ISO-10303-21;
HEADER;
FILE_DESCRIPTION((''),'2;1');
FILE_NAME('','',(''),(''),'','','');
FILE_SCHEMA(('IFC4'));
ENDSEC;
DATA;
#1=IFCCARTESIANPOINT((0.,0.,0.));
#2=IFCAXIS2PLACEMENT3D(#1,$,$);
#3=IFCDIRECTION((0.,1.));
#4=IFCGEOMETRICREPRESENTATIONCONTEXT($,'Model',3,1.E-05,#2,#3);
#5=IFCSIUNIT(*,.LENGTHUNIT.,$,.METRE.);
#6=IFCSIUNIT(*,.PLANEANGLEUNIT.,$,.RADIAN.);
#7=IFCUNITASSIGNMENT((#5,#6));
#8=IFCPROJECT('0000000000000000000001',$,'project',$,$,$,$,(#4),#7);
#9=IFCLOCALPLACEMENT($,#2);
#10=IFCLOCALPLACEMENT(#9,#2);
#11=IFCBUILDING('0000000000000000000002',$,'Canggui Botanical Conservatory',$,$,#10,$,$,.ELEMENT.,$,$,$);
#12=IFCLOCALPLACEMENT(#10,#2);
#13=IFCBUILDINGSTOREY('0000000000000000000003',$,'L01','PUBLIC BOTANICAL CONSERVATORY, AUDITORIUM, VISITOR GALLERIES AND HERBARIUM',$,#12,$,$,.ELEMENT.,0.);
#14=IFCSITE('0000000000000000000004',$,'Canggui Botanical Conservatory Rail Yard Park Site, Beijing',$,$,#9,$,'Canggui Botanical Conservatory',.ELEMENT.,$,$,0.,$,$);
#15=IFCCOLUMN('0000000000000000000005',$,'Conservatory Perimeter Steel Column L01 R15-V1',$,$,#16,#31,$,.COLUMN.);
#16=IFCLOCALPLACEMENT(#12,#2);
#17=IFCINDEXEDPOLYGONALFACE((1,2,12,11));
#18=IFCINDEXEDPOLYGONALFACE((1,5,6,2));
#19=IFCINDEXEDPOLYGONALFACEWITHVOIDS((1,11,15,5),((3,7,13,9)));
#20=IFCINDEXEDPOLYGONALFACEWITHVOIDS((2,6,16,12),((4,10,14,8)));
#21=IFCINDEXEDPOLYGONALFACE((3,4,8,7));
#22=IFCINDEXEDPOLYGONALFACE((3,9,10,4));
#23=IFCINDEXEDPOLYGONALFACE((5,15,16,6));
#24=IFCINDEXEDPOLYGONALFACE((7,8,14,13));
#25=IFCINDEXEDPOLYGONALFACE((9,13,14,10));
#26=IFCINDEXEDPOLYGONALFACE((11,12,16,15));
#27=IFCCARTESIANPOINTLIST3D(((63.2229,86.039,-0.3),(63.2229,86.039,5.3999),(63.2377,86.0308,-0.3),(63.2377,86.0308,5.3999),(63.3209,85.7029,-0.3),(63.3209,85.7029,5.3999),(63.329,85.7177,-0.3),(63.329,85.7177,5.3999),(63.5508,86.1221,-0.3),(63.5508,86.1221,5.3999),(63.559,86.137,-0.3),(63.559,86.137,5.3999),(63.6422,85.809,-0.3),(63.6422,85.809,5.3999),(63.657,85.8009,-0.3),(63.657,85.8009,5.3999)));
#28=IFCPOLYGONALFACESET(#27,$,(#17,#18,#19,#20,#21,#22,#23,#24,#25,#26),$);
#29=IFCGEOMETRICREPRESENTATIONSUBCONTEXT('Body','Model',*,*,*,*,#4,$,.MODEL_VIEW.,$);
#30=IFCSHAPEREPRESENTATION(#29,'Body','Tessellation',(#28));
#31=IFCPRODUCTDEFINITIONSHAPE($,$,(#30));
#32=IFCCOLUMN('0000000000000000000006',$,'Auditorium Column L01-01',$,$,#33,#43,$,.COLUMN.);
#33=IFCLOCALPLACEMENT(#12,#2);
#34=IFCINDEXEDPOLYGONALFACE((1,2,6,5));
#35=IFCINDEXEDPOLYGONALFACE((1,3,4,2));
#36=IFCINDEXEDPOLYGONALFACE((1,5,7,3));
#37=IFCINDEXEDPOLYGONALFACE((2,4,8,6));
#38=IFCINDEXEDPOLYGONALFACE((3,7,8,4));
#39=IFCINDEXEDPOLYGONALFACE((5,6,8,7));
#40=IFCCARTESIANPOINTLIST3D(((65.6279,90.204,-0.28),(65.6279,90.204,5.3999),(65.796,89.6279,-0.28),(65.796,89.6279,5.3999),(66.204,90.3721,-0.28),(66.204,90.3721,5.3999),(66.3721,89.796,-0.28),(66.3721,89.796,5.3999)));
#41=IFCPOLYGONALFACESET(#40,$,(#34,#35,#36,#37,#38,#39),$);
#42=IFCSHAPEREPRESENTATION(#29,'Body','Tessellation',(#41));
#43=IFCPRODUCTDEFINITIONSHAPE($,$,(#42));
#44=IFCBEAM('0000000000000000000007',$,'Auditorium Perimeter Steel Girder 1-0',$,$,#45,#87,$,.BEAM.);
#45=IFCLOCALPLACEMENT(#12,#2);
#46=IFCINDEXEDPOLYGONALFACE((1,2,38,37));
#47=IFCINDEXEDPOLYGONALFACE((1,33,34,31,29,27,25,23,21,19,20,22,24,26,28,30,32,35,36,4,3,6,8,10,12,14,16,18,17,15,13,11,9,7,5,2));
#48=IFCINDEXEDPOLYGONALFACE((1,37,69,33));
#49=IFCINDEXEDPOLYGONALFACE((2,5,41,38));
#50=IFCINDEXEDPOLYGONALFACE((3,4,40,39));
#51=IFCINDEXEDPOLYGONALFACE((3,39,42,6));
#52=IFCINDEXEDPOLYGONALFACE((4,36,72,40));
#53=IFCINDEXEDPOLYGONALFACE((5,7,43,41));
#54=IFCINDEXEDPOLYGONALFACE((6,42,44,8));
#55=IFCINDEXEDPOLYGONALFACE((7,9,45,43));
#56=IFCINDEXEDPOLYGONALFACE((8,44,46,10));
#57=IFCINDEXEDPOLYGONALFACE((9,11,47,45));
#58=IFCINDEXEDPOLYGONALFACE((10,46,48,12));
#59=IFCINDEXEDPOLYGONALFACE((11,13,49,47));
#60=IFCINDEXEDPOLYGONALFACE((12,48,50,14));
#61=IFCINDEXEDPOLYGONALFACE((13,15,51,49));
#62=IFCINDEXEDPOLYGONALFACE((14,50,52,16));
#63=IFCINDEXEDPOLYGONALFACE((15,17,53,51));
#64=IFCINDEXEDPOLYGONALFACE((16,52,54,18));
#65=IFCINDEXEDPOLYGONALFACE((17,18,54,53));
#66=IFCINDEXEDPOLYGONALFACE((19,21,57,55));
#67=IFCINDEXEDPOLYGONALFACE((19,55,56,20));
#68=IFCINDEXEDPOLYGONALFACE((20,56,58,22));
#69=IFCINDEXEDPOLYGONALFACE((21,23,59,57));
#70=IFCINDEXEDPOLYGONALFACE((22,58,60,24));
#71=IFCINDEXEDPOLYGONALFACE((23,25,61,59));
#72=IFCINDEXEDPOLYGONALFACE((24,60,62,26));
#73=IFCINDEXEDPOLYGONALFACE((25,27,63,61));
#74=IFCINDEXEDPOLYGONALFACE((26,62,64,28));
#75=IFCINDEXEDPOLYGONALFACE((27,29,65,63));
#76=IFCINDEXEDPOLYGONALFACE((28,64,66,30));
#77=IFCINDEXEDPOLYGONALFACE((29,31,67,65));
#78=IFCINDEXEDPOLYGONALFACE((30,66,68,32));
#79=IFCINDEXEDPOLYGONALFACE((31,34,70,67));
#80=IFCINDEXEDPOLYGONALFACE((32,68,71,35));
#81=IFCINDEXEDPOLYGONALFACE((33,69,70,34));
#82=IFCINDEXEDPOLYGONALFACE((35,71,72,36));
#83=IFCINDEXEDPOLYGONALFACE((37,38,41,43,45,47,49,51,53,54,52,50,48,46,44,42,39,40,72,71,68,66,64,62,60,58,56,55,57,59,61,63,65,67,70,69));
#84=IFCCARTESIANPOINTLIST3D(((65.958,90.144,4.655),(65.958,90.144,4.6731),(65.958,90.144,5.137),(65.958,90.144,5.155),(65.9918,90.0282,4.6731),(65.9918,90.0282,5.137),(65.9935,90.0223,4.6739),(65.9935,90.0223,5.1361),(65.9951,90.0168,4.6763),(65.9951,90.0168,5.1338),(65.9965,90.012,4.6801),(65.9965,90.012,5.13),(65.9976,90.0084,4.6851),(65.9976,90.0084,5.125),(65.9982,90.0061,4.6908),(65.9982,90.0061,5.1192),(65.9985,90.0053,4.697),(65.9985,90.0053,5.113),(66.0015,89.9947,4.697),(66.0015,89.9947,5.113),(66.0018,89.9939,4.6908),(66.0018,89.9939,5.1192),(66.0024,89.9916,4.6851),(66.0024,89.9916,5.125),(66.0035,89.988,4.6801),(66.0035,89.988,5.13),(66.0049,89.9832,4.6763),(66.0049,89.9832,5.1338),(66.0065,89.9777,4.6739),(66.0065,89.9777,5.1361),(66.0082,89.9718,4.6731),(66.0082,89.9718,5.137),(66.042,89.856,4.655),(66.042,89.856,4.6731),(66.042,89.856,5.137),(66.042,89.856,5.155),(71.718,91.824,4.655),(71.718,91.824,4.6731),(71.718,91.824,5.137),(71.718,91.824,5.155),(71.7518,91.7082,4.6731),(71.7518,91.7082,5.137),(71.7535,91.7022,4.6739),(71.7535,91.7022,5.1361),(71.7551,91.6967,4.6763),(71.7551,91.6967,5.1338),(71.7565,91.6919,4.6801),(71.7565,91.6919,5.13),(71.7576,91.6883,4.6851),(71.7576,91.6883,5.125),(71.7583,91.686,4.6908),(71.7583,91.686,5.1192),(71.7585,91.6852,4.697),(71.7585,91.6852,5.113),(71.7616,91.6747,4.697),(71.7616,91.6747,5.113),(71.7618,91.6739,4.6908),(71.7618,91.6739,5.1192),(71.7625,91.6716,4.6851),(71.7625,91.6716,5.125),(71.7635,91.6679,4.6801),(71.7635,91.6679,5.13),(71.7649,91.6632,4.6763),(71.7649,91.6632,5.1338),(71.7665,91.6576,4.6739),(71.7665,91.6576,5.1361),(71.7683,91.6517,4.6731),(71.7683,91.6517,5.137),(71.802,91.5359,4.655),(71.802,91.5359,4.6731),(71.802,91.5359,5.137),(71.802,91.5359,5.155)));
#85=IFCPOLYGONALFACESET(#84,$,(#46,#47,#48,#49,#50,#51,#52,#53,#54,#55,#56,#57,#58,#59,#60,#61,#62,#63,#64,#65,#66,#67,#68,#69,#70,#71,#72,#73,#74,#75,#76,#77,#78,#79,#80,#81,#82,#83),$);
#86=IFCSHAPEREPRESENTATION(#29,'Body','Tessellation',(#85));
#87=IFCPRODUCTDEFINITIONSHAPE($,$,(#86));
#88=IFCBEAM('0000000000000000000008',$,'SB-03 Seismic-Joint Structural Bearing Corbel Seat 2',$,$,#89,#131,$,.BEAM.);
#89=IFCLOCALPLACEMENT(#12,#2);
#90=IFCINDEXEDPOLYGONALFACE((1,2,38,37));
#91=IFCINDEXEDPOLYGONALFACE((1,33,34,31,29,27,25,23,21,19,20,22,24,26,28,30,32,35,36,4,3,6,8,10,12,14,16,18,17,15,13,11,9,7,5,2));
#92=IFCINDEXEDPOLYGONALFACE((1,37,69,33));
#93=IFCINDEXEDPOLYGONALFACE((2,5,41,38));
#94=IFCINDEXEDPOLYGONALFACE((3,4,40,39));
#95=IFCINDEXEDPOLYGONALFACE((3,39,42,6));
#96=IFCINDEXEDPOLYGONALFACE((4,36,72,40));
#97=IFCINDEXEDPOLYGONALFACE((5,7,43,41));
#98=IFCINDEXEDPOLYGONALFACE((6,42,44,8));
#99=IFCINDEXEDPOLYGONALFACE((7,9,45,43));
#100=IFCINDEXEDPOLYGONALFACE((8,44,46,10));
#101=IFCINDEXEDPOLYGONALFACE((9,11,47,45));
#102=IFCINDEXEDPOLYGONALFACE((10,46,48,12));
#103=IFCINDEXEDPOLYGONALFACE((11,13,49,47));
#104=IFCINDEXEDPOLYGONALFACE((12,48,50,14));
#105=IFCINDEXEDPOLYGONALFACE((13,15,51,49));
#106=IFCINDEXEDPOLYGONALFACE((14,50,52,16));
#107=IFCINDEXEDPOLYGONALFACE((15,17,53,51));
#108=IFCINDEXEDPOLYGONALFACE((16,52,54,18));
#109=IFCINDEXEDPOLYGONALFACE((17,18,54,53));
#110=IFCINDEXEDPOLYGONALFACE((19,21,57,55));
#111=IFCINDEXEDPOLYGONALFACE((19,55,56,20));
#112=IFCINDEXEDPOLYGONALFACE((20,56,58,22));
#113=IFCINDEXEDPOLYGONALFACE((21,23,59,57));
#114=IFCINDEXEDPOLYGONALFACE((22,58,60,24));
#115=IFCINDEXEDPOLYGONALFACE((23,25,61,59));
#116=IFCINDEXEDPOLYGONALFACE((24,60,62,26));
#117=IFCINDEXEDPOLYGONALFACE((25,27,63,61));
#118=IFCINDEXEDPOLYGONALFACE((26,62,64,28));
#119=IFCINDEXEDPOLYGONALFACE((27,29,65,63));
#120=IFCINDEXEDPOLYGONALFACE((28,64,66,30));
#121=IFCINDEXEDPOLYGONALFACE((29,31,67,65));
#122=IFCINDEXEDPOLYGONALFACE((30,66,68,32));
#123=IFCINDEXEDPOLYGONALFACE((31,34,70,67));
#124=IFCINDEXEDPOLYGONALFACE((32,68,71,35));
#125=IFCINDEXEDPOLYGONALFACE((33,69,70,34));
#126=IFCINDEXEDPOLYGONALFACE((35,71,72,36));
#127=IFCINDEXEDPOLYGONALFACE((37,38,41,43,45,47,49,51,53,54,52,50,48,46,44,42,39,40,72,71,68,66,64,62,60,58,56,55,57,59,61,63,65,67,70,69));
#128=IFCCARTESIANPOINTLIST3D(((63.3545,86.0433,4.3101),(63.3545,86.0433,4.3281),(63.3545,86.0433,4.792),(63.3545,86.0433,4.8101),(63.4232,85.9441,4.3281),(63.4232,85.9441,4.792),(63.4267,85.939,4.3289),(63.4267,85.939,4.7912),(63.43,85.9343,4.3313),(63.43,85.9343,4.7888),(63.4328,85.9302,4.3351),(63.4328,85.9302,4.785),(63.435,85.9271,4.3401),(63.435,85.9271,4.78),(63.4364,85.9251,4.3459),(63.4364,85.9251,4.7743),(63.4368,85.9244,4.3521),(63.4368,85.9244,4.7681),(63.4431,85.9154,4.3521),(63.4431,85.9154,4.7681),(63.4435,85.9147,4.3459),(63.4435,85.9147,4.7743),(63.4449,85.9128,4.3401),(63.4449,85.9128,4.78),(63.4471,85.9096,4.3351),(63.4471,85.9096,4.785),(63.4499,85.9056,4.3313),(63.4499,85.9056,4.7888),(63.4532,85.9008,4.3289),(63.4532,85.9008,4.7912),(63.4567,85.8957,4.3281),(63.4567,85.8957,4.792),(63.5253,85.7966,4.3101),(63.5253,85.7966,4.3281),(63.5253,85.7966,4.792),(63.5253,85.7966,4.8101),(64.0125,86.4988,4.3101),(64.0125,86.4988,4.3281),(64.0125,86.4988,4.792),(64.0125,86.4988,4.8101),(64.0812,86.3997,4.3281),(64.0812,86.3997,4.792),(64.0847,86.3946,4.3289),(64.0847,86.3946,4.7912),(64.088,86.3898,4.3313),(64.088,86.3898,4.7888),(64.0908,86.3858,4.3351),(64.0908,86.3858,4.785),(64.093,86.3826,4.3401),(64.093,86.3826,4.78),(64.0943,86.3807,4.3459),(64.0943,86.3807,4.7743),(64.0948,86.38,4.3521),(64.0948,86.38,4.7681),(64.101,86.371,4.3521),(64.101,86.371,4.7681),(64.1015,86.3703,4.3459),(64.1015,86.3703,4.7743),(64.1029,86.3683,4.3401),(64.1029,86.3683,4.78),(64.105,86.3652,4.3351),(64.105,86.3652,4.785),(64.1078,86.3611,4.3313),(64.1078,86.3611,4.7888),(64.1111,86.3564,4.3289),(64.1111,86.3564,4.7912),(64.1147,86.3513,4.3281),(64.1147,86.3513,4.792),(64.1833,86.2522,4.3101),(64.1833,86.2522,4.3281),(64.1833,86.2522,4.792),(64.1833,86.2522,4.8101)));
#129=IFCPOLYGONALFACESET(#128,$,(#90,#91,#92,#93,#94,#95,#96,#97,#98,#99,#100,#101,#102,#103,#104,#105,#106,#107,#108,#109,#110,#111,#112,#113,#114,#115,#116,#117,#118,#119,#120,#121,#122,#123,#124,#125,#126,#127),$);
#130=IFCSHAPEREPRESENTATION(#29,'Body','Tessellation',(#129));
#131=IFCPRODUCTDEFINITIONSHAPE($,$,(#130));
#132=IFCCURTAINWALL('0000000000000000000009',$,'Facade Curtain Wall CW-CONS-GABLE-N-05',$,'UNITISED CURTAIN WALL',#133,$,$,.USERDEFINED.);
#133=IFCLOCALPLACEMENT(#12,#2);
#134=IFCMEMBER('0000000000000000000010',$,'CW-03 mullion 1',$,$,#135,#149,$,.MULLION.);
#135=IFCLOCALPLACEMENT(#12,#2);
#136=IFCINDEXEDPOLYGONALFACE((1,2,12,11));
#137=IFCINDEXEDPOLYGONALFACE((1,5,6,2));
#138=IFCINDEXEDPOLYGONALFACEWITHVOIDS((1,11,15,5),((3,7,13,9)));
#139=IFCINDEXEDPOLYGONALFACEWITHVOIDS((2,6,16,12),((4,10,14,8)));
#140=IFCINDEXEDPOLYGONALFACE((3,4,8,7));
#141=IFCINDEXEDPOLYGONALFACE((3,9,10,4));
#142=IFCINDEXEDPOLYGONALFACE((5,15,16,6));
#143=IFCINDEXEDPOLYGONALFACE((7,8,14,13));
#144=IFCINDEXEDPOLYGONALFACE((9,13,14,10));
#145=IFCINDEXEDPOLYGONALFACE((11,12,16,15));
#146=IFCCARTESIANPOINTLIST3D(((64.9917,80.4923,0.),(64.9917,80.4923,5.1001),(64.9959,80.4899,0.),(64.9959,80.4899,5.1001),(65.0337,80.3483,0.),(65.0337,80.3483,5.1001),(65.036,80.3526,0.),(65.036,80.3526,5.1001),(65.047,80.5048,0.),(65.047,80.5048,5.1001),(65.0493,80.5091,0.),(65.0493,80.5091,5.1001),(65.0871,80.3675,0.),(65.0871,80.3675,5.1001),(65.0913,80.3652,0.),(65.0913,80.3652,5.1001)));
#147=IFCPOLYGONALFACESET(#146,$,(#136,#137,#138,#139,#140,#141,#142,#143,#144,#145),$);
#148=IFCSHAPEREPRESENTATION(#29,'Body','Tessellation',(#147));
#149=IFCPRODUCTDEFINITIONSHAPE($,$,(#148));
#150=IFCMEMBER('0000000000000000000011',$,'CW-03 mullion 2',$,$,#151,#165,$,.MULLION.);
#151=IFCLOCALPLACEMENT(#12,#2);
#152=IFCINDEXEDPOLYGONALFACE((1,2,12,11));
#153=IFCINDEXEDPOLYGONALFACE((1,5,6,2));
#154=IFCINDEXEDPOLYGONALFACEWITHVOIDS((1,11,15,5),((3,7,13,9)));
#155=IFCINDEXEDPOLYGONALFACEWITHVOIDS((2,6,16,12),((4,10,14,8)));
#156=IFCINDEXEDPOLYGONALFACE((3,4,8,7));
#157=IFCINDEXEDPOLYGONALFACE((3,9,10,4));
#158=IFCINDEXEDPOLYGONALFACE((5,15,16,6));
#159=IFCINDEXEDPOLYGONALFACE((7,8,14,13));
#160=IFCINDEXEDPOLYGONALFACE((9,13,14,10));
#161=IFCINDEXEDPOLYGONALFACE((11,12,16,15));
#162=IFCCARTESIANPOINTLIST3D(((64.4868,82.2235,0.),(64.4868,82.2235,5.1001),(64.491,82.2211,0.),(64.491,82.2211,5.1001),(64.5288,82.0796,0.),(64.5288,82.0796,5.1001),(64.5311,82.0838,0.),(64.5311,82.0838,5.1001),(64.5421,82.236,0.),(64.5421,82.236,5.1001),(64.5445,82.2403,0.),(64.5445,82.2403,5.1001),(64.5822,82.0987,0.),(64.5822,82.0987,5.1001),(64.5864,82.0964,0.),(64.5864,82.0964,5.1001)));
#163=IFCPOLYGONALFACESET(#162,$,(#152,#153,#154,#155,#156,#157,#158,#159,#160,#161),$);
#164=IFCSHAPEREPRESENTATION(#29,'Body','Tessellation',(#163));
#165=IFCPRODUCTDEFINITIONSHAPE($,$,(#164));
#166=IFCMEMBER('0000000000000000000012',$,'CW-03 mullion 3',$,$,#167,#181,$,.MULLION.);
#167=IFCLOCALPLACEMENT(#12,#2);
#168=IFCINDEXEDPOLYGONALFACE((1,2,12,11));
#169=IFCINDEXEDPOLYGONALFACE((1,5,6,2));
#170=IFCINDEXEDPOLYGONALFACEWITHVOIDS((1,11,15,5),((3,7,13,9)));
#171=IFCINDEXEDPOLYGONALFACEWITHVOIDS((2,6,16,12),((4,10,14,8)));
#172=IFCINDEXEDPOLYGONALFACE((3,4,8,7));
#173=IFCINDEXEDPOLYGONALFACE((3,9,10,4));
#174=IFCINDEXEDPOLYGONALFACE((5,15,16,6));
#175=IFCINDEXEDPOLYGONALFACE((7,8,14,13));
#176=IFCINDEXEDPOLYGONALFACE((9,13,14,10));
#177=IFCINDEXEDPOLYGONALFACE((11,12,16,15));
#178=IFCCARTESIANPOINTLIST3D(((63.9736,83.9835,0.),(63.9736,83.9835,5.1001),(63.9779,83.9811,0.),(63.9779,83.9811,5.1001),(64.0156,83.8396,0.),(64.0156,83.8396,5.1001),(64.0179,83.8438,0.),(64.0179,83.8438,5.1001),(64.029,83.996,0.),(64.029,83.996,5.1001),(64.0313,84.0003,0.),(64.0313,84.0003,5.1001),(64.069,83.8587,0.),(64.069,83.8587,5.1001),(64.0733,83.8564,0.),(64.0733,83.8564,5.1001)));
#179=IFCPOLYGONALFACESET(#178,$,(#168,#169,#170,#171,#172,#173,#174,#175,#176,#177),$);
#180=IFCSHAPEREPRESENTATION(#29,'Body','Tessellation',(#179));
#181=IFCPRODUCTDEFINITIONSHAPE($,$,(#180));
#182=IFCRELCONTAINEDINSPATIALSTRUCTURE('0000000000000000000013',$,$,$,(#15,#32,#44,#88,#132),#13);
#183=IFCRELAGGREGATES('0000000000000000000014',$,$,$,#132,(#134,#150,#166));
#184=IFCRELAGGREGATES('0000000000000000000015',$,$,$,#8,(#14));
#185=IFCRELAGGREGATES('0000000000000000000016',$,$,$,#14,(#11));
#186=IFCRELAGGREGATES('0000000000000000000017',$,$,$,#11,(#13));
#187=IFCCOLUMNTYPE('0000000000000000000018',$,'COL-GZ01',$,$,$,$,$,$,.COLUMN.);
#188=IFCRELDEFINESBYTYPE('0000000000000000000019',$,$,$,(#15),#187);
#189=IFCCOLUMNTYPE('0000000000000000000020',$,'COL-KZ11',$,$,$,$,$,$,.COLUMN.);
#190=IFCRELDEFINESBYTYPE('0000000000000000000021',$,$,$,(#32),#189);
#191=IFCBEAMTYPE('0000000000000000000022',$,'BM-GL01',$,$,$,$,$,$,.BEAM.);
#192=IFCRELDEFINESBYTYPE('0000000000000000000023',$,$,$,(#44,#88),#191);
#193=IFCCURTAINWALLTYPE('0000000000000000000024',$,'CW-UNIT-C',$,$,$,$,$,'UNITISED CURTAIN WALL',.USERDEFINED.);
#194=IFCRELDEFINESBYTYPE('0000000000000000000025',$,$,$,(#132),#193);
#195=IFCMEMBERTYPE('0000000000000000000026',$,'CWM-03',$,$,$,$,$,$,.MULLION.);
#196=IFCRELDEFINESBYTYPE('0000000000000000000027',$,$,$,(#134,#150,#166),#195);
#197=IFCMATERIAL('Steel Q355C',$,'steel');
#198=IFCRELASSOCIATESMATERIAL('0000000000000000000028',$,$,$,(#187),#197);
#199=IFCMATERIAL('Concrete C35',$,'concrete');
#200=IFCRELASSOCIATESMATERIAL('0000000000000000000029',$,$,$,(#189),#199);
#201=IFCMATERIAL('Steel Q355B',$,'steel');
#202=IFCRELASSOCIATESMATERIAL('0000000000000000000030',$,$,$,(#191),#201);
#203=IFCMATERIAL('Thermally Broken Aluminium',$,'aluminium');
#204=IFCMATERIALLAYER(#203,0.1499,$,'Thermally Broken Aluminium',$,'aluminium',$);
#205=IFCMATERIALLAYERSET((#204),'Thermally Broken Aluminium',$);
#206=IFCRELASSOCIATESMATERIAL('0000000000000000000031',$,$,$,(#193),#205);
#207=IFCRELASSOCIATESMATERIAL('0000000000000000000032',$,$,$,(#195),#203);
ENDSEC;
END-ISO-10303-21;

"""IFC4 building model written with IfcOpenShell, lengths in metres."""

from ifc_helpers import new_model, si_unit, direction, frame, origin, origin_2d, place, context, subcontext, project, spatial, rectangle, hollow_rectangle, i_section, extrude, material, layer, layer_set, material_profile, profile_set, type_object, element, aggregate, save


model = new_model("IFC4")

# Units and contexts
model_context = context("Model", 3, precision=1e-05, world=origin(), true_north=direction((0.0, 1.0)))
body_context = subcontext(model_context, "Body", "Model", "MODEL_VIEW")
ifc_project = project(units=[si_unit("LENGTHUNIT", "METRE"), si_unit("PLANEANGLEUNIT", "RADIAN")], contexts=[model_context])

# Site, building, storey
site_placement = place(None, origin())
site = spatial("IfcSite", under=ifc_project, at=site_placement, Name="Canggui Botanical Conservatory Rail Yard Park Site, Beijing", LongName="Canggui Botanical Conservatory", CompositionType="ELEMENT", RefElevation=0.0)
building_placement = place(site_placement, origin())
building = spatial("IfcBuilding", under=site, at=building_placement, Name="Canggui Botanical Conservatory", CompositionType="ELEMENT")
storey_placement = place(building_placement, origin())
storey = spatial("IfcBuildingStorey", under=building, at=storey_placement, Name="L01", Description="PUBLIC BOTANICAL CONSERVATORY, AUDITORIUM, VISITOR GALLERIES AND HERBARIUM", CompositionType="ELEMENT", Elevation=0.0)

# Shared definitions
ifc_material_1 = material(Name="Concrete C35", Category="concrete")

# Columns
ifc_material_2 = material(Name="Steel Q355C", Category="steel")
ifc_material_profile_1 = material_profile(ifc_material_2, hollow_rectangle(XDim=0.3501, YDim=0.3501, WallThickness=0.012, at=origin_2d()), Name="SHS 350x350x12")
ifc_profile_set_1 = profile_set([ifc_material_profile_1], Name="Steel Q355C")
column_type_1 = type_object("IfcColumnType", Name="COL-GZ01", PredefinedType="COLUMN", material=ifc_profile_set_1)
column_1_placement = place(storey_placement, frame((63.4399, 85.9199, -0.3), z_axis=(0.0, 0.0, 1.0), x_axis=(0.96, 0.28, 0.0)))
element("IfcColumn", 1, at=column_1_placement, inside=storey, type_object=column_type_1, Name="Conservatory Perimeter Steel Column L01 R15-V1", PredefinedType="COLUMN", context=body_context, shape_type="SweptSolid", body=[
    extrude(hollow_rectangle(XDim=0.3501, YDim=0.3501, WallThickness=0.012, at=origin_2d()), origin(), (0.0, 0.0, 1.0), 5.7),
])
ifc_material_profile_2 = material_profile(ifc_material_1, rectangle(XDim=0.6001, YDim=0.6001, at=origin_2d()), Name="RC 600x600")
ifc_profile_set_2 = profile_set([ifc_material_profile_2], Name="Concrete C35")
column_type_2 = type_object("IfcColumnType", Name="COL-KZ11", PredefinedType="COLUMN", material=ifc_profile_set_2)
column_2_placement = place(storey_placement, frame((66.0, 90.0, -0.28), z_axis=(0.0, 0.0, 1.0), x_axis=(0.96, 0.28, 0.0)))
element("IfcColumn", 2, at=column_2_placement, inside=storey, type_object=column_type_2, Name="Auditorium Column L01-01", PredefinedType="COLUMN", context=body_context, shape_type="SweptSolid", body=[
    extrude(rectangle(XDim=0.6001, YDim=0.6001, at=origin_2d()), origin(), (0.0, 0.0, 1.0), 5.6799),
])

# Beams
ifc_material_3 = material(Name="Steel Q355B", Category="steel")
ifc_material_profile_3 = material_profile(ifc_material_3, i_section(OverallWidth=0.3, OverallDepth=0.5, WebThickness=0.011, FlangeThickness=0.0181, FilletRadius=0.0239, at=origin_2d()), Name="HM 500x300x11x18")
ifc_profile_set_3 = profile_set([ifc_material_profile_3], Name="Steel Q355B")
beam_type = type_object("IfcBeamType", Name="BM-GL01", PredefinedType="BEAM", material=ifc_profile_set_3)
beam_1_placement = place(storey_placement, frame((66.0, 90.0, 4.905), z_axis=(0.960003, 0.279989, 0.0), x_axis=(-0.279989, 0.960003, 0.0)))
element("IfcBeam", 3, at=beam_1_placement, inside=storey, type_object=beam_type, Name="Auditorium Perimeter Steel Girder 1-0", PredefinedType="BEAM", context=body_context, shape_type="SweptSolid", body=[
    extrude(i_section(OverallWidth=0.3, OverallDepth=0.5, WebThickness=0.011, FlangeThickness=0.0181, FilletRadius=0.0239, at=origin_2d()), origin(), (0.0, 0.0, 1.0), 6.0),
])
beam_2_placement = place(storey_placement, frame((63.4399, 85.9199, 4.5601), z_axis=(0.822159, 0.569258, 0.0), x_axis=(-0.569258, 0.822159, 0.0)))
element("IfcBeam", 4, at=beam_2_placement, inside=storey, type_object=beam_type, Name="SB-03 Seismic-Joint Structural Bearing Corbel Seat 2", PredefinedType="BEAM", context=body_context, shape_type="SweptSolid", body=[
    extrude(i_section(OverallWidth=0.3, OverallDepth=0.5, WebThickness=0.011, FlangeThickness=0.0181, FilletRadius=0.0239, at=origin_2d()), origin(), (0.0, 0.0, 1.0), 0.8003),
])

# Curtain wall, members
ifc_material_4 = material(Name="Thermally Broken Aluminium", Category="aluminium")
ifc_layer_1 = layer(ifc_material_4, 0.1499, Name="Thermally Broken Aluminium", Category="aluminium")
ifc_layer_set_1 = layer_set([ifc_layer_1], Name="Thermally Broken Aluminium")
curtain_wall_type_1 = type_object("IfcCurtainWallType", Name="CW-UNIT-C", ElementType="UNITISED CURTAIN WALL", PredefinedType="USERDEFINED", material=ifc_layer_set_1)
curtain_wall_1_placement = place(storey_placement, origin())
curtain_wall_1 = element("IfcCurtainWall", 5, at=curtain_wall_1_placement, inside=storey, type_object=curtain_wall_type_1, Name="Facade Curtain Wall CW-CONS-GABLE-N-05", ObjectType="UNITISED CURTAIN WALL", PredefinedType="USERDEFINED")
ifc_material_profile_4 = material_profile(ifc_material_4, hollow_rectangle(XDim=0.0601, YDim=0.1499, WallThickness=0.0034, at=origin_2d()), Name="CWM 60x150x3.5")
ifc_profile_set_4 = profile_set([ifc_material_profile_4], Name="Thermally Broken Aluminium")
member_type_1 = type_object("IfcMemberType", Name="CWM-03", PredefinedType="MULLION", material=ifc_profile_set_4)
member_1_placement = place(storey_placement, frame((65.0415, 80.4287, 0.0), z_axis=(0.0, 0.0, 1.0), x_axis=(-0.96, -0.28, 0.0)))
member_1 = element("IfcMember", 6, at=member_1_placement, type_object=member_type_1, Name="CW-03 mullion 1", PredefinedType="MULLION", context=body_context, shape_type="SweptSolid", body=[
    extrude(hollow_rectangle(XDim=0.0601, YDim=0.1499, WallThickness=0.0034, at=origin_2d()), origin(), (0.0, 0.0, 1.0), 5.1001),
])
member_2_placement = place(storey_placement, frame((64.5366, 82.1599, 0.0), z_axis=(0.0, 0.0, 1.0), x_axis=(-0.96, -0.28, 0.0)))
member_2 = element("IfcMember", 7, at=member_2_placement, type_object=member_type_1, Name="CW-03 mullion 2", PredefinedType="MULLION", context=body_context, shape_type="SweptSolid", body=[
    extrude(hollow_rectangle(XDim=0.0601, YDim=0.1499, WallThickness=0.0034, at=origin_2d()), origin(), (0.0, 0.0, 1.0), 5.1001),
])
member_3_placement = place(storey_placement, frame((64.0234, 83.9199, 0.0), z_axis=(0.0, 0.0, 1.0), x_axis=(-0.96, -0.28, 0.0)))
member_3 = element("IfcMember", 8, at=member_3_placement, type_object=member_type_1, Name="CW-03 mullion 3", PredefinedType="MULLION", context=body_context, shape_type="SweptSolid", body=[
    extrude(hollow_rectangle(XDim=0.0601, YDim=0.1499, WallThickness=0.0034, at=origin_2d()), origin(), (0.0, 0.0, 1.0), 5.1001),
])

aggregate(curtain_wall_1, [member_1, member_2, member_3])

save(model, "model.ifc")
